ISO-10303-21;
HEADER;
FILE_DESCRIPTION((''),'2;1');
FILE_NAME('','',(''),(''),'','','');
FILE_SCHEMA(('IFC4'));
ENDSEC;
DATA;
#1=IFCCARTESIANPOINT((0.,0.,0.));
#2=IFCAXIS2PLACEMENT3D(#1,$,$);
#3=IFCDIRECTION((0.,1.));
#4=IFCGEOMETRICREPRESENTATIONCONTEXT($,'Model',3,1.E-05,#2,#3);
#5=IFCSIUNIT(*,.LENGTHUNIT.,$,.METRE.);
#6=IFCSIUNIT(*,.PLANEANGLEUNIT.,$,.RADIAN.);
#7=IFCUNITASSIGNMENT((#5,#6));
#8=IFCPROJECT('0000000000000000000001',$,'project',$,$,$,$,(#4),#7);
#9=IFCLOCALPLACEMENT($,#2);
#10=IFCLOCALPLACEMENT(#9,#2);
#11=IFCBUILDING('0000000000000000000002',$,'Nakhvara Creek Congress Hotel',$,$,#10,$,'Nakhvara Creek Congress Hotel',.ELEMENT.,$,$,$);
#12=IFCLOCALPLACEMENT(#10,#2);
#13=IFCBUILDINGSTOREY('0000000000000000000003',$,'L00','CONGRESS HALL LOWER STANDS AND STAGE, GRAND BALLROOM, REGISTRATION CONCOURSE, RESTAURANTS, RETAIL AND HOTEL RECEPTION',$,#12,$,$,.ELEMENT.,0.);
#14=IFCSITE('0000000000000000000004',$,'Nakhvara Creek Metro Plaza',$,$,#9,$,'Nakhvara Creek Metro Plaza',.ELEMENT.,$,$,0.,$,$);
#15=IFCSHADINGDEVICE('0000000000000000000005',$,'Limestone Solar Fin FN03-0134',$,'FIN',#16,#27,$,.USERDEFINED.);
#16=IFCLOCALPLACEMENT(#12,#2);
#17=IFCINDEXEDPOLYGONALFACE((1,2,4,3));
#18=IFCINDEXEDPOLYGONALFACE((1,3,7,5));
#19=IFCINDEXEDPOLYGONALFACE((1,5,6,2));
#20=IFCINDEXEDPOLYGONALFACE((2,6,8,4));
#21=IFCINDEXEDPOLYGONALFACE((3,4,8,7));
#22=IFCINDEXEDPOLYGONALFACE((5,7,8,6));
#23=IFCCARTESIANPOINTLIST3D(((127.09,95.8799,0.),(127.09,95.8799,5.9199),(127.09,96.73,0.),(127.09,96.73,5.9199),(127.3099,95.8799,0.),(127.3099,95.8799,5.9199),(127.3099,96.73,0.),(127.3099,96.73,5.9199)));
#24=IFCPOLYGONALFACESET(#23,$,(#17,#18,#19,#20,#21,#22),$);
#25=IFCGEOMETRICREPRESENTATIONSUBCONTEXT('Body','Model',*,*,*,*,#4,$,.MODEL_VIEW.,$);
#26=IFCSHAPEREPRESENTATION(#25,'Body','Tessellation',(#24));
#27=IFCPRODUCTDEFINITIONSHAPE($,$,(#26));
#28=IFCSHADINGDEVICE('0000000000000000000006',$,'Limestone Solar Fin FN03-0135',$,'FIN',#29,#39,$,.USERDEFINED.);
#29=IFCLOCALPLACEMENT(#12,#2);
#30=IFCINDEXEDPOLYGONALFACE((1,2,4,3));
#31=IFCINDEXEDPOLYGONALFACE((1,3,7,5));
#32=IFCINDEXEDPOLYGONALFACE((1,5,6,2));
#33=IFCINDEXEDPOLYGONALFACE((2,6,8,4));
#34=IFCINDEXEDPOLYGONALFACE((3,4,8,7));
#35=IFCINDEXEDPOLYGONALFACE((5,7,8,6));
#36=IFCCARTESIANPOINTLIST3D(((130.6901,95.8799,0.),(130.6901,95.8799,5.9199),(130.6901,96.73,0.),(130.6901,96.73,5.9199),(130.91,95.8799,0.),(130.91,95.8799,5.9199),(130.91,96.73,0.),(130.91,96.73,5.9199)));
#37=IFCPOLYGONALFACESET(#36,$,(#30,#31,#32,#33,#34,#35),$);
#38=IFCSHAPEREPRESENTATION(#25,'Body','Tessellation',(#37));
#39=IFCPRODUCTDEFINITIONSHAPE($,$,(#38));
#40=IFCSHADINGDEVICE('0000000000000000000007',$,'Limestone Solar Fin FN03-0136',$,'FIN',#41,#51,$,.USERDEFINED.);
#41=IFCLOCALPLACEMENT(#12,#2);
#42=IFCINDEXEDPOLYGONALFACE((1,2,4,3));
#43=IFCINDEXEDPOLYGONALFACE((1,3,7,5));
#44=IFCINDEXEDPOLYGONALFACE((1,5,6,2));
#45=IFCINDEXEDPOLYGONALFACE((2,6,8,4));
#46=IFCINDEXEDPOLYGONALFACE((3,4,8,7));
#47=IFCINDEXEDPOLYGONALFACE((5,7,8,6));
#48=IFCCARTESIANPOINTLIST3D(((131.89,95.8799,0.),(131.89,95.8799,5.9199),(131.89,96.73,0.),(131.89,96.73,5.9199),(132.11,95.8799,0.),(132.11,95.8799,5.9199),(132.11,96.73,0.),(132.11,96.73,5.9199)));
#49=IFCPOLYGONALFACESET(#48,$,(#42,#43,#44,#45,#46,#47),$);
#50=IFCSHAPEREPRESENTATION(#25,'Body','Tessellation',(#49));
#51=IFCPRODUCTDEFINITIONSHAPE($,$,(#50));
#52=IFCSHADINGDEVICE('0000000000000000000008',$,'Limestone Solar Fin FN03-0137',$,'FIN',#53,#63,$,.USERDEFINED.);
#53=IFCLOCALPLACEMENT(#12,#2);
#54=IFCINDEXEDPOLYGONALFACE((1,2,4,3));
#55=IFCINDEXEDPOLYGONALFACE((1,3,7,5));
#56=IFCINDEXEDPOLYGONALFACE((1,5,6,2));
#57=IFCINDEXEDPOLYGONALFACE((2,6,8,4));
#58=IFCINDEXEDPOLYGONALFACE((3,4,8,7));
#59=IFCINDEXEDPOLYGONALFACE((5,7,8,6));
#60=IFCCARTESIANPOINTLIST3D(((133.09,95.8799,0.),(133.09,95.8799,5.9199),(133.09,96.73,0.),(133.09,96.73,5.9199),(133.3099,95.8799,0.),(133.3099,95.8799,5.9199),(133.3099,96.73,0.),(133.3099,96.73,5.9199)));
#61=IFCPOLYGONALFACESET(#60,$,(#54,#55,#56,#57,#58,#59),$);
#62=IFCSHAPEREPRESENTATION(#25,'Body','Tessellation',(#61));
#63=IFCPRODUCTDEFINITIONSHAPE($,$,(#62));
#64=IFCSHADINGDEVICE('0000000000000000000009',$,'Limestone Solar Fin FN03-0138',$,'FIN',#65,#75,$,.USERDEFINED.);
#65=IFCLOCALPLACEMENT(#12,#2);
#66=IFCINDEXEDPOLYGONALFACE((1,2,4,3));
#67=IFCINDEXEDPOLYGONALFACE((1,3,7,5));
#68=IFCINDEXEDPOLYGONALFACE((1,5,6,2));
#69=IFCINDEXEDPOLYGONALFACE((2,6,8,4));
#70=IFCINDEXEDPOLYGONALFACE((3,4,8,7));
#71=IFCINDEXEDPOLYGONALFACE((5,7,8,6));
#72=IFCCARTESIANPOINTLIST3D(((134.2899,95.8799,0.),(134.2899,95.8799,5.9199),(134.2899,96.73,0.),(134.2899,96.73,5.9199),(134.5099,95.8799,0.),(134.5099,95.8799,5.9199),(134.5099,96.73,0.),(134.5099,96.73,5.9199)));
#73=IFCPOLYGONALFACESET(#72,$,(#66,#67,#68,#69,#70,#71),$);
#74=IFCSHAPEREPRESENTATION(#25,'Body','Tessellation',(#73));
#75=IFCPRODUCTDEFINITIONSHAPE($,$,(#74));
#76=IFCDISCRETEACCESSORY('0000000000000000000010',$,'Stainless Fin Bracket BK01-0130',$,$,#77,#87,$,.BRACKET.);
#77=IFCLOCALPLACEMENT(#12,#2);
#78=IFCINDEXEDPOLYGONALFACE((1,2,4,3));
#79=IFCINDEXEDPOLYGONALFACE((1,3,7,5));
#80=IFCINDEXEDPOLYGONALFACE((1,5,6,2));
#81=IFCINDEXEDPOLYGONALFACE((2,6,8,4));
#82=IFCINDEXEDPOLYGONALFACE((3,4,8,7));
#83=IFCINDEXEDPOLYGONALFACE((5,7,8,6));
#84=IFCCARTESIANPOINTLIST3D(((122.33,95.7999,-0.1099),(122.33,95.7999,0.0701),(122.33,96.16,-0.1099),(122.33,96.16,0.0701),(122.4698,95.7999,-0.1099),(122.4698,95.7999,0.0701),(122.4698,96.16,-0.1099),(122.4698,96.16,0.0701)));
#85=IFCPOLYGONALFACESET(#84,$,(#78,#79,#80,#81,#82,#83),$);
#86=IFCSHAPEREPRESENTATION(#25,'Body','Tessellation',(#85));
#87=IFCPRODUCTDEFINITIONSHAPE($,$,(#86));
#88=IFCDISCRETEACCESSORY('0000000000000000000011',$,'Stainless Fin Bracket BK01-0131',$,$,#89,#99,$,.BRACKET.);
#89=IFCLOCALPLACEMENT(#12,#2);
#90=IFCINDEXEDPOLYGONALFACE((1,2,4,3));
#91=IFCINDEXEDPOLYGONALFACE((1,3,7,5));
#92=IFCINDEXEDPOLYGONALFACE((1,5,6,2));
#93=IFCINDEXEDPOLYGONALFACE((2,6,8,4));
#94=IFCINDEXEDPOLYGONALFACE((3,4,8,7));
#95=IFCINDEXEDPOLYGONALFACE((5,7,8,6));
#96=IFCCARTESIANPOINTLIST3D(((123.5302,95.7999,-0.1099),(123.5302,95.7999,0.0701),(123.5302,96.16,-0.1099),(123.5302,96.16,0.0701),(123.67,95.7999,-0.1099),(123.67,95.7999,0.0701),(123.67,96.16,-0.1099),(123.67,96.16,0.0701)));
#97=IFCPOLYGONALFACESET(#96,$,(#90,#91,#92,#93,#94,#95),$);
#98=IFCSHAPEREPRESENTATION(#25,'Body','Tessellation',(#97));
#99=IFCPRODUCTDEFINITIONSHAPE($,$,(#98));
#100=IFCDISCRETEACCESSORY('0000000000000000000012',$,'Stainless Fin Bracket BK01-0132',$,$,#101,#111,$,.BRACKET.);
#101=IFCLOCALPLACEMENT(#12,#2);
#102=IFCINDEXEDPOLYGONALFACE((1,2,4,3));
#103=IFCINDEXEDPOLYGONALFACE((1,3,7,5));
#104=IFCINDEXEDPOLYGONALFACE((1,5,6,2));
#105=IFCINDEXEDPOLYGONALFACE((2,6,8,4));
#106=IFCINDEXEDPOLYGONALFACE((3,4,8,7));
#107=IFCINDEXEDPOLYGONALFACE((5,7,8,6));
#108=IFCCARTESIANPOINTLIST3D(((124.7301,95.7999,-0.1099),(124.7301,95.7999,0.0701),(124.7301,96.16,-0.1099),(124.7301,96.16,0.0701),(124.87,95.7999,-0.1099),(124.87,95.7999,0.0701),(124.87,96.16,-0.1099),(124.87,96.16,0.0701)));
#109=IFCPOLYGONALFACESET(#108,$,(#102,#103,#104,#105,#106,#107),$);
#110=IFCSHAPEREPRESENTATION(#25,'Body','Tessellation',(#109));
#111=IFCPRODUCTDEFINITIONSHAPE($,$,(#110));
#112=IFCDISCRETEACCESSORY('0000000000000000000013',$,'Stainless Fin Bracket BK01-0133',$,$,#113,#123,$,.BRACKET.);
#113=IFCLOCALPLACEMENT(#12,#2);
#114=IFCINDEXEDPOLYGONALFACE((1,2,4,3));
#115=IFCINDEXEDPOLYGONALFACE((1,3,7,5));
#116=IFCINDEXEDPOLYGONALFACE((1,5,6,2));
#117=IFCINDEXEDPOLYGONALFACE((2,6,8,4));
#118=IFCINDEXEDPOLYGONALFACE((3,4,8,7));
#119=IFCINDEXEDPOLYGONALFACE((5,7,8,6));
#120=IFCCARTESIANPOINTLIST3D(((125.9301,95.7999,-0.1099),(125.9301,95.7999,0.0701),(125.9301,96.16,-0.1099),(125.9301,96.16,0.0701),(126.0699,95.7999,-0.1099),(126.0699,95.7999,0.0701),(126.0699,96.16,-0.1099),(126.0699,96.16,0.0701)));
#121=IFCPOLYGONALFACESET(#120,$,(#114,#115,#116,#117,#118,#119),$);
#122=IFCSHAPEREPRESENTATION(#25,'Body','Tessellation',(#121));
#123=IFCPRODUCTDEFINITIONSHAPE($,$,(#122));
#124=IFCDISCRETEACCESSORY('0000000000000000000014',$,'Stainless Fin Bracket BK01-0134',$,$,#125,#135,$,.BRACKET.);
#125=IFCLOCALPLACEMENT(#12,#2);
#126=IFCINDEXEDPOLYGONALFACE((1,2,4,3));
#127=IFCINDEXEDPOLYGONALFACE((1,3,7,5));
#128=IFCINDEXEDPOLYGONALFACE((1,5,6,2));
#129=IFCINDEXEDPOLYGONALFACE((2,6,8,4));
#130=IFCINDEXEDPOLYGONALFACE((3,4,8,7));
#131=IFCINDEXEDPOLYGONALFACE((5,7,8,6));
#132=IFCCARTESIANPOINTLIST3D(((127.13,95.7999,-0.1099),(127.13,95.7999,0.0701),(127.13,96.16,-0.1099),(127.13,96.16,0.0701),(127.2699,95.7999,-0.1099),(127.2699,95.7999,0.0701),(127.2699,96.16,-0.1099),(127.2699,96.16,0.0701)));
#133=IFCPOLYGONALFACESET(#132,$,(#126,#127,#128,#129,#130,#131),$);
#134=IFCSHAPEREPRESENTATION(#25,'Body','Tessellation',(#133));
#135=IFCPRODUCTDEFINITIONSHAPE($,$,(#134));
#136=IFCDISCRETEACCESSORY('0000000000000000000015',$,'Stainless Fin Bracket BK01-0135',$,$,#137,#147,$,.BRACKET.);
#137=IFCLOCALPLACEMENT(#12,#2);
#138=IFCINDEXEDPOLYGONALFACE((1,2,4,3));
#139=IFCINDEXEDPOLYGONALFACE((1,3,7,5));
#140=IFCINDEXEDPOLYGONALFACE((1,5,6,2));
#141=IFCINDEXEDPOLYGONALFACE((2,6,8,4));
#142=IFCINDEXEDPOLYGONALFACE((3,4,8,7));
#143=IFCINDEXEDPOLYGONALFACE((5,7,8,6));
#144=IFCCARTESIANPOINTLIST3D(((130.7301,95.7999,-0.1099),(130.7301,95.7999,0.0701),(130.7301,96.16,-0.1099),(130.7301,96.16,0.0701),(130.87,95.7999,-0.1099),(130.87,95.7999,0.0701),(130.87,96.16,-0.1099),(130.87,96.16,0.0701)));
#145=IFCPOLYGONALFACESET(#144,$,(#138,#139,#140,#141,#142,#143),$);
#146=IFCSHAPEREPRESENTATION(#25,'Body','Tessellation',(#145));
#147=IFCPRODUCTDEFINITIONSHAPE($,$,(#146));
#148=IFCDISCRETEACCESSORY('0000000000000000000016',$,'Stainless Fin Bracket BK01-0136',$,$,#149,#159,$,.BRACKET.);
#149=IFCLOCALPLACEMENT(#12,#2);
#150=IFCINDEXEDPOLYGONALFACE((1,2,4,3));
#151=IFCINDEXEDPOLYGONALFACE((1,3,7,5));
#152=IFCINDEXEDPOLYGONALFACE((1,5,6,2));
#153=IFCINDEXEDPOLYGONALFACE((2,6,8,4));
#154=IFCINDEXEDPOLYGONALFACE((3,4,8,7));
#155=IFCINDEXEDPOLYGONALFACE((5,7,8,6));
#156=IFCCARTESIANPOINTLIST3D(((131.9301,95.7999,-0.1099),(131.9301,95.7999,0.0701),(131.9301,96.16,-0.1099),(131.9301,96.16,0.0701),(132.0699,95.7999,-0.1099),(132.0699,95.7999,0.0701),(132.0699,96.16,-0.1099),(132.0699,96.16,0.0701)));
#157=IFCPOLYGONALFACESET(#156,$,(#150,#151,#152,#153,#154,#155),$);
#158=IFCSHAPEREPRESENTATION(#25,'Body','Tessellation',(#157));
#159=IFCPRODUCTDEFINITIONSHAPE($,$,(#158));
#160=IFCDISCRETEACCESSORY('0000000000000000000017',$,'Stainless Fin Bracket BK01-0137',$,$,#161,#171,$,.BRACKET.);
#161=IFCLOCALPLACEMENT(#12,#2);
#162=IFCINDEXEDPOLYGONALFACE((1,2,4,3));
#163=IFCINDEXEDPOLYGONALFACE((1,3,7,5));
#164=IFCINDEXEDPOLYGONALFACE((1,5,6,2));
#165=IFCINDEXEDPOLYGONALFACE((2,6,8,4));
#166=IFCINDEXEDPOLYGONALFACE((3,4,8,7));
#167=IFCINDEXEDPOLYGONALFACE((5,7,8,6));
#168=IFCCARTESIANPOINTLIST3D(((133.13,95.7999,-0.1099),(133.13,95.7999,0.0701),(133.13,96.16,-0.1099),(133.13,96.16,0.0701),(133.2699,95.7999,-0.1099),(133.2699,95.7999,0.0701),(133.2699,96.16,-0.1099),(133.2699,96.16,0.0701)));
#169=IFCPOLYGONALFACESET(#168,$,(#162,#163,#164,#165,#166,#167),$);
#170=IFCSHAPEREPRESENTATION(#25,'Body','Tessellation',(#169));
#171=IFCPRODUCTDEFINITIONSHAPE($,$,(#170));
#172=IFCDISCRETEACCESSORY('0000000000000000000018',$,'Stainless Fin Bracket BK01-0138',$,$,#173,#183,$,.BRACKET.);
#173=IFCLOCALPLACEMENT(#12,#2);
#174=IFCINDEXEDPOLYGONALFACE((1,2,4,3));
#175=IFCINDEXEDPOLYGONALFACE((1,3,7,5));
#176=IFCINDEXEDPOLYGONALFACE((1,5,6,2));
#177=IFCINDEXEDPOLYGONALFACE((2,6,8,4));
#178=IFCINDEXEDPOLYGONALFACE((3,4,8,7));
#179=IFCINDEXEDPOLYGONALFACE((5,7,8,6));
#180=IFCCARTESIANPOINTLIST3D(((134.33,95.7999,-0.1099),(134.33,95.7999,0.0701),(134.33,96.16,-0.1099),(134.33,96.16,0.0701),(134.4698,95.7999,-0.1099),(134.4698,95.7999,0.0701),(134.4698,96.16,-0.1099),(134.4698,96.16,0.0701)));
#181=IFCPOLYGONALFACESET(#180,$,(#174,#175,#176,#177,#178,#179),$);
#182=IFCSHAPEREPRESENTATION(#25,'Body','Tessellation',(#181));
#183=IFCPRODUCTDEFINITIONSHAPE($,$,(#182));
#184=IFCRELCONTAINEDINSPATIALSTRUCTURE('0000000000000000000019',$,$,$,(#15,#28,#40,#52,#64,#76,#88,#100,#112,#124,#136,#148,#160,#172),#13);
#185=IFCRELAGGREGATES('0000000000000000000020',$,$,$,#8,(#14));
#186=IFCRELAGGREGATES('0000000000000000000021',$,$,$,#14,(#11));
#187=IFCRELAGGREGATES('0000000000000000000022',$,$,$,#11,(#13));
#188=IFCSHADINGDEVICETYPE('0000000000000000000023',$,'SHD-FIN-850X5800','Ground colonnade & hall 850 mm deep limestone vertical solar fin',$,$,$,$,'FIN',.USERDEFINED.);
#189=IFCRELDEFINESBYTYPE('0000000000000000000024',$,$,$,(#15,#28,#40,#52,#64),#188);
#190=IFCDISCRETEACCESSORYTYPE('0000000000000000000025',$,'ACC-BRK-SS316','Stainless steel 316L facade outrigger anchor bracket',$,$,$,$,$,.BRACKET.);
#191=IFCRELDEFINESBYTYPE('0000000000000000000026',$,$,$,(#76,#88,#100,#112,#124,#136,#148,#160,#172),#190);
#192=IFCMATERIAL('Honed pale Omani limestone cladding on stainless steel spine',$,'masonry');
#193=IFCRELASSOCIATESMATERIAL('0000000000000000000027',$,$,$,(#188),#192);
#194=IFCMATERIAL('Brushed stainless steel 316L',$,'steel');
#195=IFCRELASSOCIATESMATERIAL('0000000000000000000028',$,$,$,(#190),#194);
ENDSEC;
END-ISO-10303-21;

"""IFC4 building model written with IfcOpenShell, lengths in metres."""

from ifc_helpers import new_model, si_unit, direction, frame, origin, origin_2d, place, context, subcontext, project, spatial, rectangle, extrude, material, type_object, element, save


model = new_model("IFC4")

# Units and contexts
model_context = context("Model", 3, precision=1e-05, world=origin(), true_north=direction((0.0, 1.0)))
body_context = subcontext(model_context, "Body", "Model", "MODEL_VIEW")
ifc_project = project(units=[si_unit("LENGTHUNIT", "METRE"), si_unit("PLANEANGLEUNIT", "RADIAN")], contexts=[model_context])

# Site, building, storey
site_placement = place(None, origin())
site = spatial("IfcSite", under=ifc_project, at=site_placement, Name="Nakhvara Creek Metro Plaza", LongName="Nakhvara Creek Metro Plaza", CompositionType="ELEMENT", RefElevation=0.0)
building_placement = place(site_placement, origin())
building = spatial("IfcBuilding", under=site, at=building_placement, Name="Nakhvara Creek Congress Hotel", LongName="Nakhvara Creek Congress Hotel", CompositionType="ELEMENT")
storey_placement = place(building_placement, origin())
storey = spatial("IfcBuildingStorey", under=building, at=storey_placement, Name="L00", Description="CONGRESS HALL LOWER STANDS AND STAGE, GRAND BALLROOM, REGISTRATION CONCOURSE, RESTAURANTS, RETAIL AND HOTEL RECEPTION", CompositionType="ELEMENT", Elevation=0.0)

# Shading devices
ifc_material_1 = material(Name="Honed pale Omani limestone cladding on stainless steel spine", Category="masonry")
shading_device_type = type_object("IfcShadingDeviceType", Name="SHD-FIN-850X5800", Description="Ground colonnade & hall 850 mm deep limestone vertical solar fin", ElementType="FIN", PredefinedType="USERDEFINED", material=ifc_material_1)
for number, where, z_axis, x_axis, name in (
    (1, (127.2, 96.3049, 0.0), (0.0, 0.0, 1.0), (1.0, 0.0, 0.0), "Limestone Solar Fin FN03-0134"),
    (2, (130.8, 96.3049, 0.0), (0.0, 0.0, 1.0), (1.0, 0.0, 0.0), "Limestone Solar Fin FN03-0135"),
    (3, (132.0, 96.3049, 0.0), (0.0, 0.0, 1.0), (1.0, 0.0, 0.0), "Limestone Solar Fin FN03-0136"),
    (4, (133.2, 96.3049, 0.0), (0.0, 0.0, 1.0), (1.0, 0.0, 0.0), "Limestone Solar Fin FN03-0137"),
    (5, (134.3999, 96.3049, 0.0), (0.0, 0.0, 1.0), (1.0, 0.0, 0.0), "Limestone Solar Fin FN03-0138"),
):
    element("IfcShadingDevice", number, at=place(storey_placement, frame(where, z_axis=z_axis, x_axis=x_axis)), inside=storey, type_object=shading_device_type, Name=name, ObjectType="FIN", PredefinedType="USERDEFINED", context=body_context, shape_type="SweptSolid", body=[
        extrude(rectangle(XDim=0.22, YDim=0.8501, at=origin_2d()), origin(), (0.0, 0.0, 1.0), 5.9199),
    ])

# Discrete accessories
ifc_material_2 = material(Name="Brushed stainless steel 316L", Category="steel")
discrete_accessory_type = type_object("IfcDiscreteAccessoryType", Name="ACC-BRK-SS316", Description="Stainless steel 316L facade outrigger anchor bracket", PredefinedType="BRACKET", material=ifc_material_2)
for number, where, z_axis, x_axis, name in (
    (6, (122.3999, 95.98, -0.1099), (0.0, 0.0, 1.0), (1.0, 0.0, 0.0), "Stainless Fin Bracket BK01-0130"),
    (7, (123.6001, 95.98, -0.1099), (0.0, 0.0, 1.0), (1.0, 0.0, 0.0), "Stainless Fin Bracket BK01-0131"),
    (8, (124.8, 95.98, -0.1099), (0.0, 0.0, 1.0), (1.0, 0.0, 0.0), "Stainless Fin Bracket BK01-0132"),
    (9, (126.0, 95.98, -0.1099), (0.0, 0.0, 1.0), (1.0, 0.0, 0.0), "Stainless Fin Bracket BK01-0133"),
    (10, (127.2, 95.98, -0.1099), (0.0, 0.0, 1.0), (1.0, 0.0, 0.0), "Stainless Fin Bracket BK01-0134"),
    (11, (130.8, 95.98, -0.1099), (0.0, 0.0, 1.0), (1.0, 0.0, 0.0), "Stainless Fin Bracket BK01-0135"),
    (12, (132.0, 95.98, -0.1099), (0.0, 0.0, 1.0), (1.0, 0.0, 0.0), "Stainless Fin Bracket BK01-0136"),
    (13, (133.2, 95.98, -0.1099), (0.0, 0.0, 1.0), (1.0, 0.0, 0.0), "Stainless Fin Bracket BK01-0137"),
    (14, (134.3999, 95.98, -0.1099), (0.0, 0.0, 1.0), (1.0, 0.0, 0.0), "Stainless Fin Bracket BK01-0138"),
):
    element("IfcDiscreteAccessory", number, at=place(storey_placement, frame(where, z_axis=z_axis, x_axis=x_axis)), inside=storey, type_object=discrete_accessory_type, Name=name, PredefinedType="BRACKET", context=body_context, shape_type="SweptSolid", body=[
        extrude(rectangle(XDim=0.1399, YDim=0.3601, at=origin_2d()), origin(), (0.0, 0.0, 1.0), 0.1799),
    ])

save(model, "model.ifc")
